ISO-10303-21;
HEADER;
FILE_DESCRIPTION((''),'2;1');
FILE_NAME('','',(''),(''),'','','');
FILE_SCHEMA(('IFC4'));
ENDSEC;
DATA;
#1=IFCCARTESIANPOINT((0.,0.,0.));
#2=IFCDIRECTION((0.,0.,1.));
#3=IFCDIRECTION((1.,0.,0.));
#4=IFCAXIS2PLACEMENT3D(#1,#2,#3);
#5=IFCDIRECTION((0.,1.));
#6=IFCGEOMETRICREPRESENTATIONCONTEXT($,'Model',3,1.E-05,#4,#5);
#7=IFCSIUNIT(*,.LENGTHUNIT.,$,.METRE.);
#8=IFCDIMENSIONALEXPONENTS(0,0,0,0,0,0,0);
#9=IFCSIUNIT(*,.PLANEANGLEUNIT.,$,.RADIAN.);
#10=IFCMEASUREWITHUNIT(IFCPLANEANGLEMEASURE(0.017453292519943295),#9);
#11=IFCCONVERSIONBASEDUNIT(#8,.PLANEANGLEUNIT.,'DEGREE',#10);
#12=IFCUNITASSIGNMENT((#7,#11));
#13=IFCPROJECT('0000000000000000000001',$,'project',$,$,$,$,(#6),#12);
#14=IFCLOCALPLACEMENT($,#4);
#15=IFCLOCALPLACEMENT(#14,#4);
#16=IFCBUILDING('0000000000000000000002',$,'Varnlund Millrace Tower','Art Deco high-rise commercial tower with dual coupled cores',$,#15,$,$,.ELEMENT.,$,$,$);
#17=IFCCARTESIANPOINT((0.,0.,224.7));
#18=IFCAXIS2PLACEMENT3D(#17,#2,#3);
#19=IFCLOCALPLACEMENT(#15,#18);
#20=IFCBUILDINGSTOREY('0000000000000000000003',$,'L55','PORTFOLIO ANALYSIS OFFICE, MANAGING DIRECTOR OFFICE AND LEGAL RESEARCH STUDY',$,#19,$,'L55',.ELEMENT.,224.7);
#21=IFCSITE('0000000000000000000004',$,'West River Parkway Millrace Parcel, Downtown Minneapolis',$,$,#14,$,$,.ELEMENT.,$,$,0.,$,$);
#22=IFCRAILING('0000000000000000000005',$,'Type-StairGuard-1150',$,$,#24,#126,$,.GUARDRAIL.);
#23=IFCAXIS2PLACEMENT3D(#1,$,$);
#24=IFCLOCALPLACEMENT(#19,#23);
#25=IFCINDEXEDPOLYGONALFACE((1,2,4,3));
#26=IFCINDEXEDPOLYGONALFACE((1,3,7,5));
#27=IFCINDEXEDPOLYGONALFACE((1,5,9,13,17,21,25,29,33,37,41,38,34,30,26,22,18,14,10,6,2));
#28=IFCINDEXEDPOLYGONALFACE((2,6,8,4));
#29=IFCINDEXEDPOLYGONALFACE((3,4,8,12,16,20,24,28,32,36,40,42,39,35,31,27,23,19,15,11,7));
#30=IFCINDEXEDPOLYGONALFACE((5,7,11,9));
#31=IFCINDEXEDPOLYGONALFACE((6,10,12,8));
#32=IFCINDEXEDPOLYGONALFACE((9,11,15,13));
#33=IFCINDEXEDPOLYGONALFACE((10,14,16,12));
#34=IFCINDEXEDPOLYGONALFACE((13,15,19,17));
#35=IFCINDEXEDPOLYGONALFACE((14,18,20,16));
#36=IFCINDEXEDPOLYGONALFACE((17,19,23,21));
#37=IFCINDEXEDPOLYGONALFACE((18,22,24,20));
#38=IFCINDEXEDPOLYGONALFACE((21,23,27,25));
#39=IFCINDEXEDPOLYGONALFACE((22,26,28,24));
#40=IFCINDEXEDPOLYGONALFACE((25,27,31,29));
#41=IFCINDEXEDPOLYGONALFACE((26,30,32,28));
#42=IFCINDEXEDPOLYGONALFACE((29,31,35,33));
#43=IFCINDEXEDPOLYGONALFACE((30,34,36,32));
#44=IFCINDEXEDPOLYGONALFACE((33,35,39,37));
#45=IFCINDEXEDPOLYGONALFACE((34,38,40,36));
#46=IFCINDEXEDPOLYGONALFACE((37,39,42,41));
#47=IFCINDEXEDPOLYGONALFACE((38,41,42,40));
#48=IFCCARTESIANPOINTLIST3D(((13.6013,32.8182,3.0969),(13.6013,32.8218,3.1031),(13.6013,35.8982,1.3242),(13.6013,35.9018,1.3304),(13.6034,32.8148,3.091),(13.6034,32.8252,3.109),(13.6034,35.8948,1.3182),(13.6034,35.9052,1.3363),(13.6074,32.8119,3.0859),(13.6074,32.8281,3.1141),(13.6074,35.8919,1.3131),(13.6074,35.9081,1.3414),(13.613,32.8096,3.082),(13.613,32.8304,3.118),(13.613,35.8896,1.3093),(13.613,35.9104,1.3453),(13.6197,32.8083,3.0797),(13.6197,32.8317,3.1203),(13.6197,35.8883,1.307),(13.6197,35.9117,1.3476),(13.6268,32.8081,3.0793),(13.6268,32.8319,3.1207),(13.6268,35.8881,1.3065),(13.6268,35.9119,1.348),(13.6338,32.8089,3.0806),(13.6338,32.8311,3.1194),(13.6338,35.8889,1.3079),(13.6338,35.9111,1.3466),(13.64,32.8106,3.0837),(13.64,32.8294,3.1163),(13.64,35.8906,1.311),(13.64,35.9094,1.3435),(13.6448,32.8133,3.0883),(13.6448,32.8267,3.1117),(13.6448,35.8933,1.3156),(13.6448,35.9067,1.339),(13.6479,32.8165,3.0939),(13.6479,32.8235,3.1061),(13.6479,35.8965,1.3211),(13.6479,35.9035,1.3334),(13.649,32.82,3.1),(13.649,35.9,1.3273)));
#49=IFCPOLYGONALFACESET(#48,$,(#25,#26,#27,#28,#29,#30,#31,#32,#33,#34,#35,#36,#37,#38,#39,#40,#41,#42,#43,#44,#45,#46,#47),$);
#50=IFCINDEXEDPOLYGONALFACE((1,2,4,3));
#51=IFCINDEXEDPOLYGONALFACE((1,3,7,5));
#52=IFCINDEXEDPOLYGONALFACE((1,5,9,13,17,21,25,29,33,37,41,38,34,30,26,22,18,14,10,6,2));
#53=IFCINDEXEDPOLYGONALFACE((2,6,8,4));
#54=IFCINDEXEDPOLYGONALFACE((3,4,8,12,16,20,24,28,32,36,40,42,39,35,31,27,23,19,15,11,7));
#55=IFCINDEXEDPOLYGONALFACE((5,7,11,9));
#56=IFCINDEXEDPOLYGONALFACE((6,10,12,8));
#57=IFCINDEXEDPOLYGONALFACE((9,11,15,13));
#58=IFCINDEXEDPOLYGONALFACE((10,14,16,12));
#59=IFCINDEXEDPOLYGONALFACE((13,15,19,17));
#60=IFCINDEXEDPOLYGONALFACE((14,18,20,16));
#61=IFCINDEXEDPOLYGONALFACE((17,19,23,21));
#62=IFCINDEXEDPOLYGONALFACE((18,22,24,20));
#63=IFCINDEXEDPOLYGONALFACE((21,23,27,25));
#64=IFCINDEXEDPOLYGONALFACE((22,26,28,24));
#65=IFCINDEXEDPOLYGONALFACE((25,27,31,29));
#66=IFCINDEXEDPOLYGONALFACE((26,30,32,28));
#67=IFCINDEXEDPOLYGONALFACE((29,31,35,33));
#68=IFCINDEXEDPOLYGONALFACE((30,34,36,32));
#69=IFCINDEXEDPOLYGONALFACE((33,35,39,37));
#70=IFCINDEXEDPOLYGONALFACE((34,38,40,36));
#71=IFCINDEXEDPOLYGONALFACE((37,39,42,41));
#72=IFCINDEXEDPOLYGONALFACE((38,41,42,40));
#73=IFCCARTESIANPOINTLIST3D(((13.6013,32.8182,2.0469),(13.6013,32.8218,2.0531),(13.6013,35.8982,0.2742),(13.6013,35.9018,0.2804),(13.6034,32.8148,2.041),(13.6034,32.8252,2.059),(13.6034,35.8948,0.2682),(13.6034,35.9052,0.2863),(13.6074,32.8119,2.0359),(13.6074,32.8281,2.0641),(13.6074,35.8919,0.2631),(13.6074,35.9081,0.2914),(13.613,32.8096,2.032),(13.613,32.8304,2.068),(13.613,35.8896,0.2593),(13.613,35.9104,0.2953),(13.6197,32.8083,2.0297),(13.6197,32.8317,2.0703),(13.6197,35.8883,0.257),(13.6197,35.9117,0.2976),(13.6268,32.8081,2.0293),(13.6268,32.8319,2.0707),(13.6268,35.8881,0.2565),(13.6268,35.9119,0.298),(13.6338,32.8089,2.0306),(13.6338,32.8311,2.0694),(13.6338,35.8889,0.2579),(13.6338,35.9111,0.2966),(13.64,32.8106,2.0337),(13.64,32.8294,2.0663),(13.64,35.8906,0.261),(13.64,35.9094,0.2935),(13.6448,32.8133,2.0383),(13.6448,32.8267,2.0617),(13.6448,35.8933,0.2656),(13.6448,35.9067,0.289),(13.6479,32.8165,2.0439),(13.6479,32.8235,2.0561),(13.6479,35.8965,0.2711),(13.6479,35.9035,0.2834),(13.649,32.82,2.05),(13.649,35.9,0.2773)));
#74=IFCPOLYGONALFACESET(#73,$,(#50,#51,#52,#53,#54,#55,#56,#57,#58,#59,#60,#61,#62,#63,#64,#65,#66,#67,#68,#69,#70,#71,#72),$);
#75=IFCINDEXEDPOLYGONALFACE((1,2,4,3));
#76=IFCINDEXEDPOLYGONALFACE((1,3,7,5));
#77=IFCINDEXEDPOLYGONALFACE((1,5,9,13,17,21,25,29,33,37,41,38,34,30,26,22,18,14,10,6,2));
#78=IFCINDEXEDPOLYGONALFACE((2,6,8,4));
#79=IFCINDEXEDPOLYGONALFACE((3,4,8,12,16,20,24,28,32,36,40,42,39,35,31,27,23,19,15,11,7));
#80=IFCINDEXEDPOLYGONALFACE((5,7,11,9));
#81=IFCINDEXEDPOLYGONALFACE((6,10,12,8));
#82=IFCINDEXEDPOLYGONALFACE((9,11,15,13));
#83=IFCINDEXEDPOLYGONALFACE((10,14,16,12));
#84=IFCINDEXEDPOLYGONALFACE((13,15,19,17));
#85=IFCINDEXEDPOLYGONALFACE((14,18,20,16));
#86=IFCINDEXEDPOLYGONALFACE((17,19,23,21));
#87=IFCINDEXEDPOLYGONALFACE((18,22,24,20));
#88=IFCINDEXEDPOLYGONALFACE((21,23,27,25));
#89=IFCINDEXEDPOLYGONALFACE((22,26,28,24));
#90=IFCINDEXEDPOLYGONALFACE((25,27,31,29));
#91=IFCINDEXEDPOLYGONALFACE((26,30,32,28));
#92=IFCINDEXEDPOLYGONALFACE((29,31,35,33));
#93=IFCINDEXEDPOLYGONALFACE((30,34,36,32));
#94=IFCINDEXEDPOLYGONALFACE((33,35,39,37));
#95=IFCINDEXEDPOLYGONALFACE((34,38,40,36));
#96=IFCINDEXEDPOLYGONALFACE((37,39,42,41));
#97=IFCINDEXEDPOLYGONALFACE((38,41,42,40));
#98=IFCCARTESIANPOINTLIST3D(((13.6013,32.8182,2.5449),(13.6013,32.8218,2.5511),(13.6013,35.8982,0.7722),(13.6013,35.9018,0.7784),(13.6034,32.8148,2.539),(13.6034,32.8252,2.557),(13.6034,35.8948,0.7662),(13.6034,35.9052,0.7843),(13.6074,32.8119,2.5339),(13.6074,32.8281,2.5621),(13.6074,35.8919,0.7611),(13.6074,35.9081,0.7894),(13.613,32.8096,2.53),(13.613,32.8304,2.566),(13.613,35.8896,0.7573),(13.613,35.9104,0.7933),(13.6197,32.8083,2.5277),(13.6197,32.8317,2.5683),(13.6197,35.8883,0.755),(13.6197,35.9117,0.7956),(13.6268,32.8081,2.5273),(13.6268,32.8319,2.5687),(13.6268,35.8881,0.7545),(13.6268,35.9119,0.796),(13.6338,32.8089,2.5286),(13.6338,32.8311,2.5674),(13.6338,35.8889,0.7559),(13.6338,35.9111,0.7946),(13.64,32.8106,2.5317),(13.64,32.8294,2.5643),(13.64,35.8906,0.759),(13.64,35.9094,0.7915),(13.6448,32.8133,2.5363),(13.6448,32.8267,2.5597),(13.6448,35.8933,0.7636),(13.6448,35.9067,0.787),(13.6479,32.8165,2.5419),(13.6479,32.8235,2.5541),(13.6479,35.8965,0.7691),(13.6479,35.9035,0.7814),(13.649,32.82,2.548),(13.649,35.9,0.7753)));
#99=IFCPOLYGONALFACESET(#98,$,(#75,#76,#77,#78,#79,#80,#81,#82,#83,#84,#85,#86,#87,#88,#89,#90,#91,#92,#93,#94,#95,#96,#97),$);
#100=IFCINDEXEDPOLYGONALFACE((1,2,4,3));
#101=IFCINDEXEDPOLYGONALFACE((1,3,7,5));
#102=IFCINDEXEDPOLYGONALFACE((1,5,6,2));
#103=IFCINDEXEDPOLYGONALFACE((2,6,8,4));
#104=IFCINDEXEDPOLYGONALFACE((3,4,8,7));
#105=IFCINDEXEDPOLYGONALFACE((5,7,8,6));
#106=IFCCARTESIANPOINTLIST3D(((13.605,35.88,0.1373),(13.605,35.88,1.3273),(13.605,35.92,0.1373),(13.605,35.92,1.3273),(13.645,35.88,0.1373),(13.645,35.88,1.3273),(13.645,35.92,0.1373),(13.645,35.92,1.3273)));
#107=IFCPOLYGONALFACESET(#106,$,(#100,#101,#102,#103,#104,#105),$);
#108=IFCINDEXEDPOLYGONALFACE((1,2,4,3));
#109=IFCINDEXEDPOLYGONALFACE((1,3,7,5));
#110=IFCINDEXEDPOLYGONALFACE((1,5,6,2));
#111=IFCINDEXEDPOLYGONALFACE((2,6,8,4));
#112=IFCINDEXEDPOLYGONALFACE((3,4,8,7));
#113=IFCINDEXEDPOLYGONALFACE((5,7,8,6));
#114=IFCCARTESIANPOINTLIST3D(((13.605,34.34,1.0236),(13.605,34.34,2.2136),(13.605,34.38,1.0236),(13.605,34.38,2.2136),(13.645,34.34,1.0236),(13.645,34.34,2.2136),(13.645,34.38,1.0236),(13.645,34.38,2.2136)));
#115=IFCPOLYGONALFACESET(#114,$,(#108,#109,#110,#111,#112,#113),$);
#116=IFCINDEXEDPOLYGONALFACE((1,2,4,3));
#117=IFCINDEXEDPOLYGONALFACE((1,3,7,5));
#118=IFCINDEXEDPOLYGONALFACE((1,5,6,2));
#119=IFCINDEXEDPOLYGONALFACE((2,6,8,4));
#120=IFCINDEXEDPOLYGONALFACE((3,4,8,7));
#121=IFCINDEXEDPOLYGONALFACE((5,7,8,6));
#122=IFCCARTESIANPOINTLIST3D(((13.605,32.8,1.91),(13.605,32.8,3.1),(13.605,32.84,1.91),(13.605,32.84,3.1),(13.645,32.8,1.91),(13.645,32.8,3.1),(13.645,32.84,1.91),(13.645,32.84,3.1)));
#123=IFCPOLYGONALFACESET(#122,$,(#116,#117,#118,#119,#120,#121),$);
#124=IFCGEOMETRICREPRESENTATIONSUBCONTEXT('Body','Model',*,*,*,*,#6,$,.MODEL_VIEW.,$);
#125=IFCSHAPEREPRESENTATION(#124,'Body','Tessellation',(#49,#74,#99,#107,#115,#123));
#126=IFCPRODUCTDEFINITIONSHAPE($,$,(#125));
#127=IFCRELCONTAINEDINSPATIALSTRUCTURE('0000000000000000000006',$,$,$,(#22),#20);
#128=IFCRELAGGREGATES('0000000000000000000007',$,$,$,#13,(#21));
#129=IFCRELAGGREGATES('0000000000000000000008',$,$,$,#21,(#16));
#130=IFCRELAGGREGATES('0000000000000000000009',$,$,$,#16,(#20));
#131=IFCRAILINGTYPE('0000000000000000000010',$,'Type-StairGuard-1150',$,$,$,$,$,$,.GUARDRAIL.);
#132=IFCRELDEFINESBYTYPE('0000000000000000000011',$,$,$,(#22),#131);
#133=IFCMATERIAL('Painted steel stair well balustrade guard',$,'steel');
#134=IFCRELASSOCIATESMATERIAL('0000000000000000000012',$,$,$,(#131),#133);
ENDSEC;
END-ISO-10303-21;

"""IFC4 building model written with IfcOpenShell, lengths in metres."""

from ifc_helpers import new_model, entity, si_unit, converted_unit, direction, frame, origin_with_axes, origin_2d_with_axis, place, context, subcontext, project, spatial, rectangle, circle, extrude, material, type_object, element, save


model = new_model("IFC4")

# Units and contexts
model_context = context("Model", 3, precision=1e-05, world=origin_with_axes(), true_north=direction((0.0, 1.0)))
body_context = subcontext(model_context, "Body", "Model", "MODEL_VIEW")
ifc_project = project(units=[si_unit("LENGTHUNIT", "METRE"), converted_unit("PLANEANGLEUNIT", "DEGREE", entity("IfcPlaneAngleMeasure", 0.017453292519943295), si_unit("PLANEANGLEUNIT", "RADIAN"), dimensions=[0, 0, 0, 0, 0, 0, 0])], contexts=[model_context])

# Site, building, storey
site_placement = place(None, origin_with_axes())
site = spatial("IfcSite", under=ifc_project, at=site_placement, Name="West River Parkway Millrace Parcel, Downtown Minneapolis", CompositionType="ELEMENT", RefElevation=0.0)
building_placement = place(site_placement, origin_with_axes())
building = spatial("IfcBuilding", under=site, at=building_placement, Name="Varnlund Millrace Tower", Description="Art Deco high-rise commercial tower with dual coupled cores", CompositionType="ELEMENT")
storey_placement = place(building_placement, frame((0.0, 0.0, 224.7), z_axis=(0.0, 0.0, 1.0), x_axis=(1.0, 0.0, 0.0)))
storey = spatial("IfcBuildingStorey", under=building, at=storey_placement, Name="L55", Description="PORTFOLIO ANALYSIS OFFICE, MANAGING DIRECTOR OFFICE AND LEGAL RESEARCH STUDY", LongName="L55", CompositionType="ELEMENT", Elevation=224.7)

# Railing
ifc_material_1 = material(Name="Painted steel stair well balustrade guard", Category="steel")
railing_type_1 = type_object("IfcRailingType", Name="Type-StairGuard-1150", PredefinedType="GUARDRAIL", material=ifc_material_1)
railing_1_placement = place(storey_placement, frame((0.0, 0.0, -224.7), z_axis=(0.0, 0.0, 1.0), x_axis=(1.0, 0.0, 0.0)))
element("IfcRailing", 1, at=railing_1_placement, inside=storey, type_object=railing_type_1, Name="Type-StairGuard-1150", PredefinedType="GUARDRAIL", context=body_context, shape_type="SweptSolid", body=[
    extrude(circle(Radius=0.024, at=origin_2d_with_axis()), frame((13.625, 35.9, 226.0273), z_axis=(0.0, -0.866696, 0.498836), x_axis=(1.0, 0.0, 0.0)), (0.0, 0.0, 1.0), 3.5537),
    extrude(circle(Radius=0.024, at=origin_2d_with_axis()), frame((13.625, 35.9, 224.9773), z_axis=(0.0, -0.866696, 0.498836), x_axis=(1.0, 0.0, 0.0)), (0.0, 0.0, 1.0), 3.5537),
    extrude(circle(Radius=0.024, at=origin_2d_with_axis()), frame((13.625, 35.9, 225.4753), z_axis=(0.0, -0.866696, 0.498836), x_axis=(1.0, 0.0, 0.0)), (0.0, 0.0, 1.0), 3.5537),
    extrude(rectangle(XDim=0.04, YDim=0.04, at=origin_2d_with_axis()), frame((13.625, 35.9, 224.8373), z_axis=(0.0, 0.0, 1.0), x_axis=(1.0, 0.0, 0.0)), (0.0, 0.0, 1.0), 1.19),
    extrude(rectangle(XDim=0.04, YDim=0.04, at=origin_2d_with_axis()), frame((13.625, 34.36, 225.7236), z_axis=(0.0, 0.0, 1.0), x_axis=(1.0, 0.0, 0.0)), (0.0, 0.0, 1.0), 1.19),
    extrude(rectangle(XDim=0.04, YDim=0.04, at=origin_2d_with_axis()), frame((13.625, 32.82, 226.61), z_axis=(0.0, 0.0, 1.0), x_axis=(1.0, 0.0, 0.0)), (0.0, 0.0, 1.0), 1.19),
])

save(model, "model.ifc")
